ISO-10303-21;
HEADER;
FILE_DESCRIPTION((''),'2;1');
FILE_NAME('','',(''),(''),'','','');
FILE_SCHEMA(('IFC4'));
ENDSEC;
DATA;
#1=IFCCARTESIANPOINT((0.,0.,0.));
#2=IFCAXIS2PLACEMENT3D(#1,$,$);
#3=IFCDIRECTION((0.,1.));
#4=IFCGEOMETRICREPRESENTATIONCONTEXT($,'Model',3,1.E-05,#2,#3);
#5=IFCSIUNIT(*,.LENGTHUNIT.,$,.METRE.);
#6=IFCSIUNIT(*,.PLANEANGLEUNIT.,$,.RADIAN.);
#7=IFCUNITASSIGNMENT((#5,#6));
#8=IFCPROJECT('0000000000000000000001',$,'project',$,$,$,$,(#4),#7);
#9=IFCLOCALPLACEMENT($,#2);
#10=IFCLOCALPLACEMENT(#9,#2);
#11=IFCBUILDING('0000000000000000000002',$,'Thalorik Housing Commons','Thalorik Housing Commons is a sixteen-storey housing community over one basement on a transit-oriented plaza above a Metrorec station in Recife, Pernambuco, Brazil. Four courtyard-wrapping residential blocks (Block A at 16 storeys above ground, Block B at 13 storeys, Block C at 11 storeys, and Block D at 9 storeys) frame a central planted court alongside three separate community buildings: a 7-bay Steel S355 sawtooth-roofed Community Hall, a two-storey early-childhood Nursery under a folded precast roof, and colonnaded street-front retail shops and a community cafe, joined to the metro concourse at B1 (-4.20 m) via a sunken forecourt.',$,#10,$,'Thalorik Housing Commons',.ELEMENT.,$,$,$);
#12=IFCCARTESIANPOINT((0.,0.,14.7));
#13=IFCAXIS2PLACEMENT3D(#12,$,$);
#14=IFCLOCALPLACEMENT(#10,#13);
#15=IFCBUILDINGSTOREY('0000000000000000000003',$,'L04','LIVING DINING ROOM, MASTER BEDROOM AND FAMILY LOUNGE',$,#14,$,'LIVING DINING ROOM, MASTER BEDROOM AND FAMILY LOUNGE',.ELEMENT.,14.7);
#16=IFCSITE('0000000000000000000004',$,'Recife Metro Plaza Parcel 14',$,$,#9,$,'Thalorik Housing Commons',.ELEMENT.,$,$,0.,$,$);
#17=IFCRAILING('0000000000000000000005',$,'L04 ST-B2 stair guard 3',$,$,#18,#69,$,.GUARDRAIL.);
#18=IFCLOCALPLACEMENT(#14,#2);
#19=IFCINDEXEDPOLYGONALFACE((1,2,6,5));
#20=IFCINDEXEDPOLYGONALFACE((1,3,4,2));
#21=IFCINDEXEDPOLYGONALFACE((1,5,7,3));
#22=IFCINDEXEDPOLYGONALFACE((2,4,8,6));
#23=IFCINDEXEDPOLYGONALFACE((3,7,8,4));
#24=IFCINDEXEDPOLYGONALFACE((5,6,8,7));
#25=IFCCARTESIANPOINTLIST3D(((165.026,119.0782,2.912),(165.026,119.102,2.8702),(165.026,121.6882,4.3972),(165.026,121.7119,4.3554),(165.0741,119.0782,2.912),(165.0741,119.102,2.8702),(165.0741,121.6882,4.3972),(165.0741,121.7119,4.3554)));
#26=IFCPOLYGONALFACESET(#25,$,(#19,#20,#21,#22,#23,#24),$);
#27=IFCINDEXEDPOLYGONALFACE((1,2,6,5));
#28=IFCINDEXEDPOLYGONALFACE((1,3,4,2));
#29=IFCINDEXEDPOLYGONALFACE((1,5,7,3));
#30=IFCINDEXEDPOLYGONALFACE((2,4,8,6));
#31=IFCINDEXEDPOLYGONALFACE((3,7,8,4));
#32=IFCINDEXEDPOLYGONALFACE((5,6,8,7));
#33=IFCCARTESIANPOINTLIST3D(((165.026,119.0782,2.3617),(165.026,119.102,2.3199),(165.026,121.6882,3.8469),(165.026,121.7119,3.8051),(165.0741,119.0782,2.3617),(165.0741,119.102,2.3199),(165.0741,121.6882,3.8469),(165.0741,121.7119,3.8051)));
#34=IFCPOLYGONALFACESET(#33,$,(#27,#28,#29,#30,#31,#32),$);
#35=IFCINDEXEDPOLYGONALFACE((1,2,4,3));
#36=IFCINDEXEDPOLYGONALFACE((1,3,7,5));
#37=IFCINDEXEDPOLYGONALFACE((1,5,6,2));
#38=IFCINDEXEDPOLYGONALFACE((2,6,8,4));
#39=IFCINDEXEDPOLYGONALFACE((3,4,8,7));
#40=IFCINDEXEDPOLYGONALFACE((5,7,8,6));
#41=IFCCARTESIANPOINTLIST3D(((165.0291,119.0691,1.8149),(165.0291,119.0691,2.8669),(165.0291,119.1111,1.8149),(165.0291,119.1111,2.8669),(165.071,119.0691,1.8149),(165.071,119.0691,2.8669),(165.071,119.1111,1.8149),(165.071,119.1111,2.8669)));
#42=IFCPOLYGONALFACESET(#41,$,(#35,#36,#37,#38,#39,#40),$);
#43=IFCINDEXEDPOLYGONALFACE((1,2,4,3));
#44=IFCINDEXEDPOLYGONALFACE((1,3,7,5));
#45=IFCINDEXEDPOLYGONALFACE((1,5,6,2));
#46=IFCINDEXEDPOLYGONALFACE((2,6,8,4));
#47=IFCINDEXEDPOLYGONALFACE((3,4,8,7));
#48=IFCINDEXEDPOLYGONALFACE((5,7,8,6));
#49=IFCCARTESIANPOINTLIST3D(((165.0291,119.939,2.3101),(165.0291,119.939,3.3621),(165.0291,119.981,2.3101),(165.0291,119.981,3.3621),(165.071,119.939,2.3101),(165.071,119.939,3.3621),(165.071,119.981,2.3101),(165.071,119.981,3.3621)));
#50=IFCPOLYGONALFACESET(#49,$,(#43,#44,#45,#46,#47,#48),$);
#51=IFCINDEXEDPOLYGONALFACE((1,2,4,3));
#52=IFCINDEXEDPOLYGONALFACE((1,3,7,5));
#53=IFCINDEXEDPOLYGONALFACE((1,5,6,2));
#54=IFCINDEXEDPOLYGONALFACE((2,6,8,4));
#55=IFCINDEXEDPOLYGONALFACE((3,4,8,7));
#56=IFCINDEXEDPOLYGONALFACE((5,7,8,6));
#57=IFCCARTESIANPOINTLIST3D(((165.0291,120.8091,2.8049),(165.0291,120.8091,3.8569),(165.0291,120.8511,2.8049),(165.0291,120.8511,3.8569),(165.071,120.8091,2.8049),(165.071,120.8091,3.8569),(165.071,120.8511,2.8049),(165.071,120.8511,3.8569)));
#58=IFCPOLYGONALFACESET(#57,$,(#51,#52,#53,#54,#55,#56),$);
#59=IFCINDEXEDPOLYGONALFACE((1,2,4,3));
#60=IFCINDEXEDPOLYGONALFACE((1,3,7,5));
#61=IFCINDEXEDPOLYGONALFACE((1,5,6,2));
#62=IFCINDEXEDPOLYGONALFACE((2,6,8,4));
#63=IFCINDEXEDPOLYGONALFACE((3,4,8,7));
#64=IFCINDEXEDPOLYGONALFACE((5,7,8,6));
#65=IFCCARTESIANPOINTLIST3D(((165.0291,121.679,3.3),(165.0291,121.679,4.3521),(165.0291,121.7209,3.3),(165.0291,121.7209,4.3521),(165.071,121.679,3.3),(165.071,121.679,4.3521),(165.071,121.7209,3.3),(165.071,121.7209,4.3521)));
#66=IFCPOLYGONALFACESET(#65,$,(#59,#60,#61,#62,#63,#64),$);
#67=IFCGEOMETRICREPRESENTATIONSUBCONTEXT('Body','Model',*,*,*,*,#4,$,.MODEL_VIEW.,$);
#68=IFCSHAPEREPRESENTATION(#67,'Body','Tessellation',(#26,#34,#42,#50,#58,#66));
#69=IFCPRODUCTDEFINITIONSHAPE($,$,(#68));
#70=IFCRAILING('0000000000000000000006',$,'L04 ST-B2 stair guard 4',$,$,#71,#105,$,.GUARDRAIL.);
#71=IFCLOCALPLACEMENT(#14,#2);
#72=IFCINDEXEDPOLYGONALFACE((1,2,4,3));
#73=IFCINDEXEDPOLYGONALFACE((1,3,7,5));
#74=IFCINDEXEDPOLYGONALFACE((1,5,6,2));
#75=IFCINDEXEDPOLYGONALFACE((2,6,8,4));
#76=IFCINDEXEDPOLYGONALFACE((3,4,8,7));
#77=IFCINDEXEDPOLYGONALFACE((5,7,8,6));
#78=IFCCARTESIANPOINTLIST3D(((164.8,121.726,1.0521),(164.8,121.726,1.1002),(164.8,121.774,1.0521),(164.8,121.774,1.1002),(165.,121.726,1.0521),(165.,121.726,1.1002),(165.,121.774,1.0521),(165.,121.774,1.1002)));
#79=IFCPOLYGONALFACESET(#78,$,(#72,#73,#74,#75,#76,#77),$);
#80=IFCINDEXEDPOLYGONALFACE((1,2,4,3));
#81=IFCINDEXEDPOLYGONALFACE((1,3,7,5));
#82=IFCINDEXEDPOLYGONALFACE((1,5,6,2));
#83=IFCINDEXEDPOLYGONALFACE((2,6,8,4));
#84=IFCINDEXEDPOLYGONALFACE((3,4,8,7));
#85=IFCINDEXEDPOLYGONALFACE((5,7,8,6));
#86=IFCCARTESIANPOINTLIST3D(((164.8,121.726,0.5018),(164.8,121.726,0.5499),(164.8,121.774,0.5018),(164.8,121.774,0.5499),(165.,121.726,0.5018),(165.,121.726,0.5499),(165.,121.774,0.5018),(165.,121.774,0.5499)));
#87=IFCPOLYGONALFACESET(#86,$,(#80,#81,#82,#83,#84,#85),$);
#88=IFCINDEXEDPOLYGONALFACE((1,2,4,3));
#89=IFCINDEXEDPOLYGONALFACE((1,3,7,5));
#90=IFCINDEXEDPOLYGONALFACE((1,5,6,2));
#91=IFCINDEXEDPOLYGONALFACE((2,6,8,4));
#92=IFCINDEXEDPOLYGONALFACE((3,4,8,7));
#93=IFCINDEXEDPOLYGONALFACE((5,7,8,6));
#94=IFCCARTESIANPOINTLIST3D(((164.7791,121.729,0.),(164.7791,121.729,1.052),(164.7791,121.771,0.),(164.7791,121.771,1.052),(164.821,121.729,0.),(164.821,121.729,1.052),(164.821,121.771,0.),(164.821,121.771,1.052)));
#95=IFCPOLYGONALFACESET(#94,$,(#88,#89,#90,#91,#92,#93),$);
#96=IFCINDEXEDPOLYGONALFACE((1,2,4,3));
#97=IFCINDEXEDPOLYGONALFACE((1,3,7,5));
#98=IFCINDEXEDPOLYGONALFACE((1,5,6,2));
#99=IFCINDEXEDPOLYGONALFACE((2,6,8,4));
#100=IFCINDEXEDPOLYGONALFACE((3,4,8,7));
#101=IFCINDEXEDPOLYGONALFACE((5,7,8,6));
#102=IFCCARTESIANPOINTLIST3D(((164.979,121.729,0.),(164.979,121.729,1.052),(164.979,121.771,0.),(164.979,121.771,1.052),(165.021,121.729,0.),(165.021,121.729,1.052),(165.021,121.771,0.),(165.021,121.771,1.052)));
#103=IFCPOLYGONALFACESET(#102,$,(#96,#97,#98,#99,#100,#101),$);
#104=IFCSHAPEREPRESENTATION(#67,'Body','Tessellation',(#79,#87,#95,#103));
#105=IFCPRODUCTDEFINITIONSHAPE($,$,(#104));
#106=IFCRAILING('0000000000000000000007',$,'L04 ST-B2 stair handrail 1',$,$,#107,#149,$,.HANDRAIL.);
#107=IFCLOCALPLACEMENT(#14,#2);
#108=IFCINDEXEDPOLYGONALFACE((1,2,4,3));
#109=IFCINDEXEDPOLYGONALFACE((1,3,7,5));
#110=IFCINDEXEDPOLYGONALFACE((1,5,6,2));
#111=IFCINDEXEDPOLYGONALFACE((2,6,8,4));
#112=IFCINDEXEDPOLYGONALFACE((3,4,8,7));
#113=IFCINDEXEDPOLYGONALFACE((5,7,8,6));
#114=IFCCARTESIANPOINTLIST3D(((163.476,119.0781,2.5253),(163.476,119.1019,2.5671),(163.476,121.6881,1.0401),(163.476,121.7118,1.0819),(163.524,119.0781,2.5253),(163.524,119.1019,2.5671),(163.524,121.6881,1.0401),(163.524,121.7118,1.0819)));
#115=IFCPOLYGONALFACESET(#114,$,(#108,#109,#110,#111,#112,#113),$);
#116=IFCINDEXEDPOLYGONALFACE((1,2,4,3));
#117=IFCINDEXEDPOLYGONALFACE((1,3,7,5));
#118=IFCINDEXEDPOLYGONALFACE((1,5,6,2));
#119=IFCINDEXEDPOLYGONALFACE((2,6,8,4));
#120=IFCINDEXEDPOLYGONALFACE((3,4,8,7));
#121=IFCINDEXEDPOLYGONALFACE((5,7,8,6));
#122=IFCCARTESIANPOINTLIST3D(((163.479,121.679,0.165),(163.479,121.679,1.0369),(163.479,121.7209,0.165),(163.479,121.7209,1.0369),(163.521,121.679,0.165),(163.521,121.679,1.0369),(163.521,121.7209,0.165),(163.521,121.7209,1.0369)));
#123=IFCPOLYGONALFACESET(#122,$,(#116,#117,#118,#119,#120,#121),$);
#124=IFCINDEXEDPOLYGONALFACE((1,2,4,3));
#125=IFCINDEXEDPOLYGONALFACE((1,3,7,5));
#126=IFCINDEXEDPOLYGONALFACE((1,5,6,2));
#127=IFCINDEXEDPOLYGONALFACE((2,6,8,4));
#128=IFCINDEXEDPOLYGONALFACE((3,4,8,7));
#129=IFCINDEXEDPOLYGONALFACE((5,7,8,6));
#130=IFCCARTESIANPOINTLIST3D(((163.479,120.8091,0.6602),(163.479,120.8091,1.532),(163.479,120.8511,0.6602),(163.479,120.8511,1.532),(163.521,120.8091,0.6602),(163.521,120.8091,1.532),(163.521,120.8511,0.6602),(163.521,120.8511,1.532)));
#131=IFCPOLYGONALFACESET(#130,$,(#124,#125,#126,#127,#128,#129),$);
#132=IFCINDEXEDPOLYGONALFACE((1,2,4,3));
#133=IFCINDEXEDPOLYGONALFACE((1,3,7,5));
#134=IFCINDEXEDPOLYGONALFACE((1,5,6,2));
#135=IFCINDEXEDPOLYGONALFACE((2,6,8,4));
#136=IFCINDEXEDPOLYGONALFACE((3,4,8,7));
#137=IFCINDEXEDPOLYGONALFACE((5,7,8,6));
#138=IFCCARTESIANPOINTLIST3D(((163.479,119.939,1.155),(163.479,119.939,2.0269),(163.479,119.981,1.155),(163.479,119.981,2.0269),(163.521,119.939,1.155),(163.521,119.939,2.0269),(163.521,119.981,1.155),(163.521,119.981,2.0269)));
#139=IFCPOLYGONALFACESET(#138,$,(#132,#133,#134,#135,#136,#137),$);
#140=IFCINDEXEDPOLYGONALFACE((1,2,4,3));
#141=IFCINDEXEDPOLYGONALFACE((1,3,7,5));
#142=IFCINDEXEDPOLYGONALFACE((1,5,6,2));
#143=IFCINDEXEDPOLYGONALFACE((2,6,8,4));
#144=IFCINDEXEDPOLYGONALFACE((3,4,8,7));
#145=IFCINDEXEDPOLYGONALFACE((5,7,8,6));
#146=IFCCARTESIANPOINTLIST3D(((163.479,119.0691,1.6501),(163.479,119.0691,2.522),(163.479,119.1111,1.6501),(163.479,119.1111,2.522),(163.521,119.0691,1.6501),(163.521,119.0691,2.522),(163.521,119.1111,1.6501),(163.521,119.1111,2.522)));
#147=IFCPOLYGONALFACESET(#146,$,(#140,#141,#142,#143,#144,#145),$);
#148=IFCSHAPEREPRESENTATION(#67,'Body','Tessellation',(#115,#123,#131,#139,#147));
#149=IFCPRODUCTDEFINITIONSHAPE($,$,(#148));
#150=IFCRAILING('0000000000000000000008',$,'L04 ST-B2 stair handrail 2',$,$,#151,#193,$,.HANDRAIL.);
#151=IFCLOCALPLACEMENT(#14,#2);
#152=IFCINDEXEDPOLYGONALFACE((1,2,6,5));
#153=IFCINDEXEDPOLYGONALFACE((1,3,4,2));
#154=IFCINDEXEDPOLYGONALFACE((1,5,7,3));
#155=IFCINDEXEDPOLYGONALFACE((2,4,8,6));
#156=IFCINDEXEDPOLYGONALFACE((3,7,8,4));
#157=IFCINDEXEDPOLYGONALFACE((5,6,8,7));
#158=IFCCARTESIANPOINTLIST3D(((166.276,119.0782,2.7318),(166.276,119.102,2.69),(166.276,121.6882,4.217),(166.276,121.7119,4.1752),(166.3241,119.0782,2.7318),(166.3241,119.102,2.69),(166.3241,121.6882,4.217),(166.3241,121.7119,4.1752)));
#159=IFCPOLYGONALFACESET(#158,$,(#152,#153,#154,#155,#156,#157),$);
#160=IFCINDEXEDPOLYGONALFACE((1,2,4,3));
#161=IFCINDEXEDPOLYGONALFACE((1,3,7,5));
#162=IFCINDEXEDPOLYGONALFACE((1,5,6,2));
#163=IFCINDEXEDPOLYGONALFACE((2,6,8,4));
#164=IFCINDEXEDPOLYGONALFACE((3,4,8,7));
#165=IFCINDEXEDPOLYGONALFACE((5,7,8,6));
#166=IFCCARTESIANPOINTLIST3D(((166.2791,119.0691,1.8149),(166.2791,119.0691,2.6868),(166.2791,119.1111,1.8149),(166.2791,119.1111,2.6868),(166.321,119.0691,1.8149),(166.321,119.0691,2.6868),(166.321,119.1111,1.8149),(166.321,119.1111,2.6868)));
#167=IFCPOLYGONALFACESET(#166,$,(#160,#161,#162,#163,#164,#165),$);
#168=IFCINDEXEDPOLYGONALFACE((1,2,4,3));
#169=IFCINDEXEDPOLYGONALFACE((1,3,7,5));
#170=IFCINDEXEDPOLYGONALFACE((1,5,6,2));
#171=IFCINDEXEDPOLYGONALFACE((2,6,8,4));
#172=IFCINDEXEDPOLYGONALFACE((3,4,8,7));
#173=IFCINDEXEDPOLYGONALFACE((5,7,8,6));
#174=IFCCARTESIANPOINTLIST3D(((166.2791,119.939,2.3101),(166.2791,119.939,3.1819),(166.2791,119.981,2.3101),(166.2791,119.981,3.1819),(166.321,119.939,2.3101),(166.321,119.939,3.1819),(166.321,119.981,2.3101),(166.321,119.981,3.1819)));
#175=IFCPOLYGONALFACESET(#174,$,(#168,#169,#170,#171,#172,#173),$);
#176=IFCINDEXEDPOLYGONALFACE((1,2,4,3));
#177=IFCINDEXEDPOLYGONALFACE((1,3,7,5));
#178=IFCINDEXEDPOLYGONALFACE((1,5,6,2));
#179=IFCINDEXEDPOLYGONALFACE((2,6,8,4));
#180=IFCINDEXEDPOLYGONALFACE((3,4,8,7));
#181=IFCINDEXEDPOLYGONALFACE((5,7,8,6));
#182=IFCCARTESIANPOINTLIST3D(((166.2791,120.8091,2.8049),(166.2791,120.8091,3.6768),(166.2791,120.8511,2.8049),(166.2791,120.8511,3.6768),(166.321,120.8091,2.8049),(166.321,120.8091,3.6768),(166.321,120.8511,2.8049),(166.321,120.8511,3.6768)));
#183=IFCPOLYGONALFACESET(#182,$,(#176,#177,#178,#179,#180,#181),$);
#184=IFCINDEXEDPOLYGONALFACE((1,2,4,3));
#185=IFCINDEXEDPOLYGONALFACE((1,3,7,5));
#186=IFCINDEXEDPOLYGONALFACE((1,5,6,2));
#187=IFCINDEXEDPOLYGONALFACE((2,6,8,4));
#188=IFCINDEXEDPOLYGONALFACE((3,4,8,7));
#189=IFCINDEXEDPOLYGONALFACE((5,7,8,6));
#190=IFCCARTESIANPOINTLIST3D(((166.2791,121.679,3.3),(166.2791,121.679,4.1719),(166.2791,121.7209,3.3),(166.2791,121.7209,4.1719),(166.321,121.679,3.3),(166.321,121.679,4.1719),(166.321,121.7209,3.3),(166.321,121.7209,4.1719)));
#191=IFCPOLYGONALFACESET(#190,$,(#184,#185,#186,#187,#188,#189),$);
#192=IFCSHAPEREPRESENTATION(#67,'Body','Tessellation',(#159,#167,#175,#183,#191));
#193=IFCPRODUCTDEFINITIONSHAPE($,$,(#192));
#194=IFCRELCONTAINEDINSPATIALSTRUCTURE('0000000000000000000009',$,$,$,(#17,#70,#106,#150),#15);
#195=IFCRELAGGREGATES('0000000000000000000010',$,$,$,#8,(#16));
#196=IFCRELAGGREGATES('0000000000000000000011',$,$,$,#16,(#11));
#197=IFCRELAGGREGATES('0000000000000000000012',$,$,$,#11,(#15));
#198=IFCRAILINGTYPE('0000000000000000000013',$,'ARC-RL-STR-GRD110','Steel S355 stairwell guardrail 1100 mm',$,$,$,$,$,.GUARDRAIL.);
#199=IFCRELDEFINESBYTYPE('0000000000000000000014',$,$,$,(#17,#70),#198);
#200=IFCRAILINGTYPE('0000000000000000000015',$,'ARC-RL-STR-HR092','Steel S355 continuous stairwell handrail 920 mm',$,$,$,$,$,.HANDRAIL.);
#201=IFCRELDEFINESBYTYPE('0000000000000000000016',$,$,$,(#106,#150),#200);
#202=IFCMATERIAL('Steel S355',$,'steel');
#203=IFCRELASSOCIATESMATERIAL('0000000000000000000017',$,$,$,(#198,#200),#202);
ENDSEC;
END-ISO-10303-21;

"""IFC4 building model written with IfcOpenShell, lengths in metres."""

from ifc_helpers import new_model, si_unit, direction, frame, origin, origin_2d, place, context, subcontext, project, spatial, rectangle, extrude, material, type_object, element, save


model = new_model("IFC4")

# Units and contexts
model_context = context("Model", 3, precision=1e-05, world=origin(), true_north=direction((0.0, 1.0)))
body_context = subcontext(model_context, "Body", "Model", "MODEL_VIEW")
ifc_project = project(units=[si_unit("LENGTHUNIT", "METRE"), si_unit("PLANEANGLEUNIT", "RADIAN")], contexts=[model_context])

# Site, building, storey
site_placement = place(None, origin())
site = spatial("IfcSite", under=ifc_project, at=site_placement, Name="Recife Metro Plaza Parcel 14", LongName="Thalorik Housing Commons", CompositionType="ELEMENT", RefElevation=0.0)
building_placement = place(site_placement, origin())
building = spatial("IfcBuilding", under=site, at=building_placement, Name="Thalorik Housing Commons", Description="Thalorik Housing Commons is a sixteen-storey housing community over one basement on a transit-oriented plaza above a Metrorec station in Recife, Pernambuco, Brazil. Four courtyard-wrapping residential blocks (Block A at 16 storeys above ground, Block B at 13 storeys, Block C at 11 storeys, and Block D at 9 storeys) frame a central planted court alongside three separate community buildings: a 7-bay Steel S355 sawtooth-roofed Community Hall, a two-storey early-childhood Nursery under a folded precast roof, and colonnaded street-front retail shops and a community cafe, joined to the metro concourse at B1 (-4.20 m) via a sunken forecourt.", LongName="Thalorik Housing Commons", CompositionType="ELEMENT")
storey_placement = place(building_placement, frame((0.0, 0.0, 14.7)))
storey = spatial("IfcBuildingStorey", under=building, at=storey_placement, Name="L04", Description="LIVING DINING ROOM, MASTER BEDROOM AND FAMILY LOUNGE", LongName="LIVING DINING ROOM, MASTER BEDROOM AND FAMILY LOUNGE", CompositionType="ELEMENT", Elevation=14.7)

# Shared definitions
ifc_material_1 = material(Name="Steel S355", Category="steel")

# Railings
railing_type_1 = type_object("IfcRailingType", Name="ARC-RL-STR-GRD110", Description="Steel S355 stairwell guardrail 1100 mm", PredefinedType="GUARDRAIL", material=ifc_material_1)
railing_1_placement = place(storey_placement, frame((165.05, 119.0901, 1.8149)))
element("IfcRailing", 1, at=railing_1_placement, inside=storey, type_object=railing_type_1, Name="L04 ST-B2 stair guard 3", PredefinedType="GUARDRAIL", context=body_context, shape_type="SweptSolid", body=[
    extrude(rectangle(XDim=0.0481, YDim=0.0481, at=origin_2d()), frame((0.0, 0.0, 1.0762), z_axis=(0.0, 0.869137, 0.494571), x_axis=(-1.0, 0.0, 0.0)), (0.0, 0.0, 1.0), 3.0029),
    extrude(rectangle(XDim=0.0481, YDim=0.0481, at=origin_2d()), frame((0.0, 0.0, 0.5259), z_axis=(0.0, 0.869137, 0.494571), x_axis=(-1.0, 0.0, 0.0)), (0.0, 0.0, 1.0), 3.0029),
    extrude(rectangle(XDim=0.042, YDim=0.042, at=origin_2d()), origin(), (0.0, 0.0, 1.0), 1.052),
    extrude(rectangle(XDim=0.042, YDim=0.042, at=origin_2d()), frame((0.0, 0.8699, 0.4951)), (0.0, 0.0, 1.0), 1.052),
    extrude(rectangle(XDim=0.042, YDim=0.042, at=origin_2d()), frame((0.0, 1.74, 0.99)), (0.0, 0.0, 1.0), 1.052),
    extrude(rectangle(XDim=0.042, YDim=0.042, at=origin_2d()), frame((0.0, 2.6099, 1.4851)), (0.0, 0.0, 1.0), 1.052),
])
railing_2_placement = place(storey_placement, frame((164.8, 121.75, 0.0)))
element("IfcRailing", 2, at=railing_2_placement, inside=storey, type_object=railing_type_1, Name="L04 ST-B2 stair guard 4", PredefinedType="GUARDRAIL", context=body_context, shape_type="SweptSolid", body=[
    extrude(rectangle(XDim=0.0481, YDim=0.0481, at=origin_2d()), frame((0.0, 0.0, 1.0762), z_axis=(1.0, 0.0, 0.0), x_axis=(0.0, 1.0, 0.0)), (0.0, 0.0, 1.0), 0.2),
    extrude(rectangle(XDim=0.0481, YDim=0.0481, at=origin_2d()), frame((0.0, 0.0, 0.5259), z_axis=(1.0, 0.0, 0.0), x_axis=(0.0, 1.0, 0.0)), (0.0, 0.0, 1.0), 0.2),
    extrude(rectangle(XDim=0.042, YDim=0.042, at=origin_2d()), origin(), (0.0, 0.0, 1.0), 1.052),
    extrude(rectangle(XDim=0.042, YDim=0.042, at=origin_2d()), frame((0.2, 0.0, 0.0)), (0.0, 0.0, 1.0), 1.052),
])
railing_type_2 = type_object("IfcRailingType", Name="ARC-RL-STR-HR092", Description="Steel S355 continuous stairwell handrail 920 mm", PredefinedType="HANDRAIL", material=ifc_material_1)
railing_3_placement = place(storey_placement, frame((163.5, 121.7, 0.165)))
element("IfcRailing", 3, at=railing_3_placement, inside=storey, type_object=railing_type_2, Name="L04 ST-B2 stair handrail 1", PredefinedType="HANDRAIL", context=body_context, shape_type="SweptSolid", body=[
    extrude(rectangle(XDim=0.0481, YDim=0.0481, at=origin_2d()), frame((0.0, 0.0, 0.896), z_axis=(0.0, -0.869137, 0.494571), x_axis=(1.0, 0.0, 0.0)), (0.0, 0.0, 1.0), 3.0029),
    extrude(rectangle(XDim=0.042, YDim=0.042, at=origin_2d()), origin(), (0.0, 0.0, 1.0), 0.8718),
    extrude(rectangle(XDim=0.042, YDim=0.042, at=origin_2d()), frame((0.0, -0.8699, 0.4951)), (0.0, 0.0, 1.0), 0.8718),
    extrude(rectangle(XDim=0.042, YDim=0.042, at=origin_2d()), frame((0.0, -1.74, 0.99)), (0.0, 0.0, 1.0), 0.8718),
    extrude(rectangle(XDim=0.042, YDim=0.042, at=origin_2d()), frame((0.0, -2.6099, 1.4851)), (0.0, 0.0, 1.0), 0.8718),
])
railing_4_placement = place(storey_placement, frame((166.3, 119.0901, 1.8149)))
element("IfcRailing", 4, at=railing_4_placement, inside=storey, type_object=railing_type_2, Name="L04 ST-B2 stair handrail 2", PredefinedType="HANDRAIL", context=body_context, shape_type="SweptSolid", body=[
    extrude(rectangle(XDim=0.0481, YDim=0.0481, at=origin_2d()), frame((0.0, 0.0, 0.896), z_axis=(0.0, 0.869137, 0.494571), x_axis=(-1.0, 0.0, 0.0)), (0.0, 0.0, 1.0), 3.0029),
    extrude(rectangle(XDim=0.042, YDim=0.042, at=origin_2d()), origin(), (0.0, 0.0, 1.0), 0.8718),
    extrude(rectangle(XDim=0.042, YDim=0.042, at=origin_2d()), frame((0.0, 0.8699, 0.4951)), (0.0, 0.0, 1.0), 0.8718),
    extrude(rectangle(XDim=0.042, YDim=0.042, at=origin_2d()), frame((0.0, 1.74, 0.99)), (0.0, 0.0, 1.0), 0.8718),
    extrude(rectangle(XDim=0.042, YDim=0.042, at=origin_2d()), frame((0.0, 2.6099, 1.4851)), (0.0, 0.0, 1.0), 0.8718),
])

save(model, "model.ifc")
